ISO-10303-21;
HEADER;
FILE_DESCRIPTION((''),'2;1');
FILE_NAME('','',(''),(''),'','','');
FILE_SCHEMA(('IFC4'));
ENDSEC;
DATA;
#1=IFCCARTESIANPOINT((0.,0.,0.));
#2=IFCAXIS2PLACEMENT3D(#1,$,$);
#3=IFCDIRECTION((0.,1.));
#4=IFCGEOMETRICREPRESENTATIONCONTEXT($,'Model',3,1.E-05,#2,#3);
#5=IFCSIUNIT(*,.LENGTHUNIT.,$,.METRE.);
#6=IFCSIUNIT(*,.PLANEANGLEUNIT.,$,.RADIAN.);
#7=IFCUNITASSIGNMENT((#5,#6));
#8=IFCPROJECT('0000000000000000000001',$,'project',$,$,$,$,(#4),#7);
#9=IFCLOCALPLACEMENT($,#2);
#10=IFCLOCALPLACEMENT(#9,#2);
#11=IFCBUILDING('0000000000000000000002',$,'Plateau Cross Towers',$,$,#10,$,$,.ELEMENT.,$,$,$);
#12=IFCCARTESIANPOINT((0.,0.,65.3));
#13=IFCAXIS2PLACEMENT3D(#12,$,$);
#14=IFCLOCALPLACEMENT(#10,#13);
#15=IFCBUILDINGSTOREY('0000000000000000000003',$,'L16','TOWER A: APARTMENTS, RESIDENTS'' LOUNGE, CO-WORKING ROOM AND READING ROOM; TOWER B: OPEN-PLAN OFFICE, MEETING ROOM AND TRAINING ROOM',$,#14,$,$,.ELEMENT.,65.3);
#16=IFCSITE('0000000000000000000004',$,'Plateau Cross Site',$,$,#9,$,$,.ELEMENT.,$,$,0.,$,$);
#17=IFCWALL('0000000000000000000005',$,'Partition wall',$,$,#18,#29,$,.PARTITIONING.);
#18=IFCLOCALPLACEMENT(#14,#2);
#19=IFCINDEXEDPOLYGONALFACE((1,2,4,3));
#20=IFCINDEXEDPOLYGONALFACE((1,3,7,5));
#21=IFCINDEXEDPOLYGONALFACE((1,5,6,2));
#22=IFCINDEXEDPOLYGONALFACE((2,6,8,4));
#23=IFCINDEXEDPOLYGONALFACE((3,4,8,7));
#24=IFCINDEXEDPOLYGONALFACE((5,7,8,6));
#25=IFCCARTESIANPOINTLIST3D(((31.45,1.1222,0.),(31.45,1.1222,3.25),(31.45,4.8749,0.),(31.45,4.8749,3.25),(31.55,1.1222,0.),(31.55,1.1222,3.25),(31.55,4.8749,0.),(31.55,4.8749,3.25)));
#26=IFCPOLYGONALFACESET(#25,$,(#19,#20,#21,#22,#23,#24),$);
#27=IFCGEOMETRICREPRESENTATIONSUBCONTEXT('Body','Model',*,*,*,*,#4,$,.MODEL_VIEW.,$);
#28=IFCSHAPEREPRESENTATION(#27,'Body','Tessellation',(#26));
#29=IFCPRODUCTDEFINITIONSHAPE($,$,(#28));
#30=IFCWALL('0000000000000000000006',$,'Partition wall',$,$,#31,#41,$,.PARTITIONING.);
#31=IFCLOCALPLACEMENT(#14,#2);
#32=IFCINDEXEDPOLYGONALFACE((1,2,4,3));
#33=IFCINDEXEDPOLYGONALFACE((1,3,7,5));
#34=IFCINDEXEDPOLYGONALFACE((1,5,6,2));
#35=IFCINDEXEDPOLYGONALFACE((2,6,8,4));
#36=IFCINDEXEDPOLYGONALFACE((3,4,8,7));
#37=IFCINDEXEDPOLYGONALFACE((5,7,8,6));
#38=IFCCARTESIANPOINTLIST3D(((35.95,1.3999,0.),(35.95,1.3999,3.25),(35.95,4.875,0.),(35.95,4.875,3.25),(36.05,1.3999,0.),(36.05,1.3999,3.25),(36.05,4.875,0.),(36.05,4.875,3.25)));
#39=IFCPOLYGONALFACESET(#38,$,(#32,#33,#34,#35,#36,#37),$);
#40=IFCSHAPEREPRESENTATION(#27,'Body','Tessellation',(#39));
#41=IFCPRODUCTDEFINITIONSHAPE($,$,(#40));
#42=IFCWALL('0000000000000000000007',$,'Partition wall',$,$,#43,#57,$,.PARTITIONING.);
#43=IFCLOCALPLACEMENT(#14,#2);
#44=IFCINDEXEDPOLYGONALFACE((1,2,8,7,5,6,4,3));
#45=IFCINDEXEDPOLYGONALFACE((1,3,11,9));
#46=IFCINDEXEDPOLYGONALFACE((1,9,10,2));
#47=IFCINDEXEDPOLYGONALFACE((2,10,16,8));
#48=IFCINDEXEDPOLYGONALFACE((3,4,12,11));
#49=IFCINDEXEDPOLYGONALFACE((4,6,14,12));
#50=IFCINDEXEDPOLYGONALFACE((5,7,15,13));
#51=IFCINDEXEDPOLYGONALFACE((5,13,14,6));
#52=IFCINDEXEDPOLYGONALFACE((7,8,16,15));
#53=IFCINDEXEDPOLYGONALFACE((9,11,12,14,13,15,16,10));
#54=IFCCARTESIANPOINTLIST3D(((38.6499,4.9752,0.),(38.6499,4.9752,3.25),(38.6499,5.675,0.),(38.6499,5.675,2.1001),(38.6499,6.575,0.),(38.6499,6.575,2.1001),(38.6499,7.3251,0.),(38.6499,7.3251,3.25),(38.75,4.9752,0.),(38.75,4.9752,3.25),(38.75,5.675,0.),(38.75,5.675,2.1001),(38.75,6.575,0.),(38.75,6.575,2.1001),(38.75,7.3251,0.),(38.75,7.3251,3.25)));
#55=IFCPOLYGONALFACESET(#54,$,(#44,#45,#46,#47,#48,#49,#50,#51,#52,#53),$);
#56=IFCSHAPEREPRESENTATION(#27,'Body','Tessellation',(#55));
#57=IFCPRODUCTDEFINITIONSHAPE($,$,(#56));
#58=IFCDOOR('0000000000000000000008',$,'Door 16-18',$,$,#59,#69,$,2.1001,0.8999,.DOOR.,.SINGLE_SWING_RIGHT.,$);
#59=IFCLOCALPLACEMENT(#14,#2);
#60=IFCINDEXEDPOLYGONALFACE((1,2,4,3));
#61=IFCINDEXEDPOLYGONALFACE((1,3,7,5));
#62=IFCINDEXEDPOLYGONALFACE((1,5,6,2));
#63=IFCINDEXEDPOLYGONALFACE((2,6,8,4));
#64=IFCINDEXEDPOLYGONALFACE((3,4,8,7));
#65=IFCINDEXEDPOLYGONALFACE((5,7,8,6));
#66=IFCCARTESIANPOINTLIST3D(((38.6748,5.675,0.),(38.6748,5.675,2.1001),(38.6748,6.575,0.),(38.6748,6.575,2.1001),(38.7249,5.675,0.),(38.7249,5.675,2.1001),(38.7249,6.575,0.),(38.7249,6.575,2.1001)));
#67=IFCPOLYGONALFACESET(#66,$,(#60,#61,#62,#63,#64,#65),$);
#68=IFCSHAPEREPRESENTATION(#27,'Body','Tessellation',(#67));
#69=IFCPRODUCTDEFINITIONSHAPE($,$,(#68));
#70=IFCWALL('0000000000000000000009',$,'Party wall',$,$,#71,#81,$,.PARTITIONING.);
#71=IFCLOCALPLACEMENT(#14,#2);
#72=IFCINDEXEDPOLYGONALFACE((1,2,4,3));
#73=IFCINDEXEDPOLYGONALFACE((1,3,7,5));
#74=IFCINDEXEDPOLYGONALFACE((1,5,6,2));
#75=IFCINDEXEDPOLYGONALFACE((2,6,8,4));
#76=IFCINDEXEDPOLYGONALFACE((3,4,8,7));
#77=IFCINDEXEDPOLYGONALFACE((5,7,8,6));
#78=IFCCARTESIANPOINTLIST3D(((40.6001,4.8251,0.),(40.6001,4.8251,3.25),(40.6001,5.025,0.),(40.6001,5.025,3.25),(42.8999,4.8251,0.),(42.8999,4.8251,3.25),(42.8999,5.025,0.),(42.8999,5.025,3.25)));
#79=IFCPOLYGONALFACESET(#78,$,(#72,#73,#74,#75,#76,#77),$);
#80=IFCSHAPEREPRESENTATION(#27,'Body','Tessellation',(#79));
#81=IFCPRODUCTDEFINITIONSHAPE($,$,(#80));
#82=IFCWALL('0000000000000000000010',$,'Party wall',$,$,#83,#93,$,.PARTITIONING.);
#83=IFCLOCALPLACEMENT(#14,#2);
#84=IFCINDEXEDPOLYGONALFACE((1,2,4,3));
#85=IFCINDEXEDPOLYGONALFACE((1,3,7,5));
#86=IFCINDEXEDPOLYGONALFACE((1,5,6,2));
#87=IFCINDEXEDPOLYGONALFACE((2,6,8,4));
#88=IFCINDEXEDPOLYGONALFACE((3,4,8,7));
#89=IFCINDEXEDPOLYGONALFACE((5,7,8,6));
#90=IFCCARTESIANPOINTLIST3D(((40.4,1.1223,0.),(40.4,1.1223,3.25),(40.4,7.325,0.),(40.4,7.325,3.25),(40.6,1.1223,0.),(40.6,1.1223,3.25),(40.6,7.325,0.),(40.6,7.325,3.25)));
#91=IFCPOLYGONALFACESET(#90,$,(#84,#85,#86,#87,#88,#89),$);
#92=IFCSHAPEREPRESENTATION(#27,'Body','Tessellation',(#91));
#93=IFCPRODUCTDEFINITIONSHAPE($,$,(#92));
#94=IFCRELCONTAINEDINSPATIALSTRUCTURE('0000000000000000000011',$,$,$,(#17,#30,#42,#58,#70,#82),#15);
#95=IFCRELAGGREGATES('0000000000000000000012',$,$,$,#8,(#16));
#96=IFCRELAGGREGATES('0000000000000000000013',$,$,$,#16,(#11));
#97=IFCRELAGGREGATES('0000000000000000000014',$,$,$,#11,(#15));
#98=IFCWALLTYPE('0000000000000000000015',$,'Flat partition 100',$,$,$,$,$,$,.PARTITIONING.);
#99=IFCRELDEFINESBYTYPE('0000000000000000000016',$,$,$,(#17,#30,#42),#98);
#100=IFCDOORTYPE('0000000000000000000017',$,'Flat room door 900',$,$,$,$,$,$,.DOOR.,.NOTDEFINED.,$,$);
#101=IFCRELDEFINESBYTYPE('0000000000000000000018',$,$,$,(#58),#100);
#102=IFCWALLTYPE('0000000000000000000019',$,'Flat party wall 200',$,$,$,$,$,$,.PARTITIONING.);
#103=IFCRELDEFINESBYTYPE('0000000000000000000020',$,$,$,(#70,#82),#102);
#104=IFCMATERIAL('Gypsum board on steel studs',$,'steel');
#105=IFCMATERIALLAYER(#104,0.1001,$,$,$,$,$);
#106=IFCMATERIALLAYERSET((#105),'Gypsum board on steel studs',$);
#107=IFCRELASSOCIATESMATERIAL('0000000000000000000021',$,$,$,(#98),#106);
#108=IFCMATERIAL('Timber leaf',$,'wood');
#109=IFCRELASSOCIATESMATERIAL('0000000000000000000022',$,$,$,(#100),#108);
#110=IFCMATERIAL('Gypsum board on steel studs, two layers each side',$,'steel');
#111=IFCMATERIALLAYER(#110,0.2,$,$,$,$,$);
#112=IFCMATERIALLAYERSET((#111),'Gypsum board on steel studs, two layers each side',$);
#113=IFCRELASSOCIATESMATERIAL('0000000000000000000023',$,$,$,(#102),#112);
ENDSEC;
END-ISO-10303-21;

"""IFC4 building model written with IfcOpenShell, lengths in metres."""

from ifc_helpers import new_model, si_unit, direction, frame, frame_2d, origin, place, context, subcontext, project, spatial, rectangle, extrude, material, layer, layer_set, type_object, element, fill, save


model = new_model("IFC4")

# Units and contexts
model_context = context("Model", 3, precision=1e-05, world=origin(), true_north=direction((0.0, 1.0)))
body_context = subcontext(model_context, "Body", "Model", "MODEL_VIEW")
ifc_project = project(units=[si_unit("LENGTHUNIT", "METRE"), si_unit("PLANEANGLEUNIT", "RADIAN")], contexts=[model_context])

# Site, building, storey
site_placement = place(None, origin())
site = spatial("IfcSite", under=ifc_project, at=site_placement, Name="Plateau Cross Site", CompositionType="ELEMENT", RefElevation=0.0)
building_placement = place(site_placement, origin())
building = spatial("IfcBuilding", under=site, at=building_placement, Name="Plateau Cross Towers", CompositionType="ELEMENT")
storey_placement = place(building_placement, frame((0.0, 0.0, 65.3)))
storey = spatial("IfcBuildingStorey", under=building, at=storey_placement, Name="L16", Description="TOWER A: APARTMENTS, RESIDENTS' LOUNGE, CO-WORKING ROOM AND READING ROOM; TOWER B: OPEN-PLAN OFFICE, MEETING ROOM AND TRAINING ROOM", CompositionType="ELEMENT", Elevation=65.3)

# Shared definitions
ifc_material_1 = material(Name="Gypsum board on steel studs", Category="steel")
ifc_layer_1 = layer(ifc_material_1, 0.1001)
ifc_layer_set_1 = layer_set([ifc_layer_1], Name="Gypsum board on steel studs")
wall_type_1 = type_object("IfcWallType", Name="Flat partition 100", PredefinedType="PARTITIONING", material=ifc_layer_set_1)
ifc_material_2 = material(Name="Timber leaf", Category="wood")
door_type = type_object("IfcDoorType", Name="Flat room door 900", OperationType="NOTDEFINED", PredefinedType="DOOR", material=ifc_material_2)

# Walls
wall_1_placement = place(storey_placement, frame((31.5, 4.875, 0.0), z_axis=(0.0, 0.0, 1.0), x_axis=(0.0, -1.0, 0.0)))
element("IfcWall", 1, at=wall_1_placement, inside=storey, type_object=wall_type_1, Name="Partition wall", PredefinedType="PARTITIONING", context=body_context, shape_type="SweptSolid", body=[
    extrude(rectangle(XDim=3.7527, YDim=0.1001, at=frame_2d((1.8765, 0.0))), origin(), (0.0, 0.0, 1.0), 3.25),
])
wall_2_placement = place(storey_placement, frame((36.0, 1.3999, 0.0), z_axis=(0.0, 0.0, 1.0), x_axis=(0.0, 1.0, 0.0)))
element("IfcWall", 2, at=wall_2_placement, inside=storey, type_object=wall_type_1, Name="Partition wall", PredefinedType="PARTITIONING", context=body_context, shape_type="SweptSolid", body=[
    extrude(rectangle(XDim=3.4751, YDim=0.1001, at=frame_2d((1.7375, 0.0))), origin(), (0.0, 0.0, 1.0), 3.25),
])

# Wall, opening, door
wall_3_placement = place(storey_placement, frame((38.7, 7.325, 0.0), z_axis=(0.0, 0.0, 1.0), x_axis=(0.0, -1.0, 0.0)))
wall_3 = element("IfcWall", 3, at=wall_3_placement, inside=storey, type_object=wall_type_1, Name="Partition wall", PredefinedType="PARTITIONING", context=body_context, shape_type="SweptSolid", body=[
    extrude(rectangle(XDim=2.3499, YDim=0.1001, at=frame_2d((1.1748, 0.0))), origin(), (0.0, 0.0, 1.0), 3.25),
])
opening_1_placement = place(wall_3_placement, frame((0.75, 0.0, 0.0)))
opening_1 = element("IfcOpeningElement", 4, at=opening_1_placement, cuts=wall_3, PredefinedType="OPENING", context=body_context, shape_type="SweptSolid", body=[
    extrude(rectangle(XDim=0.8999, YDim=2.1001, at=frame_2d((0.45, 1.05))), frame((0.0, 0.0601, 0.0), z_axis=(0.0, -1.0, 0.0), x_axis=(1.0, 0.0, 0.0)), (0.0, 0.0, 1.0), 0.1201),
])
door_1_placement = place(opening_1_placement, origin())
door_1 = element("IfcDoor", 5, at=door_1_placement, inside=storey, type_object=door_type, Name="Door 16-18", OperationType="SINGLE_SWING_RIGHT", OverallHeight=2.1001, OverallWidth=0.8999, PredefinedType="DOOR", context=body_context, shape_type="SweptSolid", body=[
    extrude(rectangle(XDim=0.8999, YDim=2.1001, at=frame_2d((0.45, 1.05))), frame((0.0, 0.0249, 0.0), z_axis=(0.0, -1.0, 0.0), x_axis=(1.0, 0.0, 0.0)), (0.0, 0.0, 1.0), 0.05),
])
fill(opening_1, door_1)

# Walls
ifc_material_3 = material(Name="Gypsum board on steel studs, two layers each side", Category="steel")
ifc_layer_2 = layer(ifc_material_3, 0.2)
ifc_layer_set_2 = layer_set([ifc_layer_2], Name="Gypsum board on steel studs, two layers each side")
wall_type_2 = type_object("IfcWallType", Name="Flat party wall 200", PredefinedType="PARTITIONING", material=ifc_layer_set_2)
wall_4_placement = place(storey_placement, frame((40.6001, 4.925, 0.0), z_axis=(0.0, 0.0, 1.0), x_axis=(1.0, 0.0, 0.0)))
element("IfcWall", 6, at=wall_4_placement, inside=storey, type_object=wall_type_2, Name="Party wall", PredefinedType="PARTITIONING", context=body_context, shape_type="SweptSolid", body=[
    extrude(rectangle(XDim=2.2998, YDim=0.2, at=frame_2d((1.1499, 0.0))), origin(), (0.0, 0.0, 1.0), 3.25),
])
wall_5_placement = place(storey_placement, frame((40.5, 1.1223, 0.0), z_axis=(0.0, 0.0, 1.0), x_axis=(0.0, 1.0, 0.0)))
element("IfcWall", 7, at=wall_5_placement, inside=storey, type_object=wall_type_2, Name="Party wall", PredefinedType="PARTITIONING", context=body_context, shape_type="SweptSolid", body=[
    extrude(rectangle(XDim=6.2026, YDim=0.2, at=frame_2d((3.1013, 0.0))), origin(), (0.0, 0.0, 1.0), 3.25),
])

save(model, "model.ifc")
